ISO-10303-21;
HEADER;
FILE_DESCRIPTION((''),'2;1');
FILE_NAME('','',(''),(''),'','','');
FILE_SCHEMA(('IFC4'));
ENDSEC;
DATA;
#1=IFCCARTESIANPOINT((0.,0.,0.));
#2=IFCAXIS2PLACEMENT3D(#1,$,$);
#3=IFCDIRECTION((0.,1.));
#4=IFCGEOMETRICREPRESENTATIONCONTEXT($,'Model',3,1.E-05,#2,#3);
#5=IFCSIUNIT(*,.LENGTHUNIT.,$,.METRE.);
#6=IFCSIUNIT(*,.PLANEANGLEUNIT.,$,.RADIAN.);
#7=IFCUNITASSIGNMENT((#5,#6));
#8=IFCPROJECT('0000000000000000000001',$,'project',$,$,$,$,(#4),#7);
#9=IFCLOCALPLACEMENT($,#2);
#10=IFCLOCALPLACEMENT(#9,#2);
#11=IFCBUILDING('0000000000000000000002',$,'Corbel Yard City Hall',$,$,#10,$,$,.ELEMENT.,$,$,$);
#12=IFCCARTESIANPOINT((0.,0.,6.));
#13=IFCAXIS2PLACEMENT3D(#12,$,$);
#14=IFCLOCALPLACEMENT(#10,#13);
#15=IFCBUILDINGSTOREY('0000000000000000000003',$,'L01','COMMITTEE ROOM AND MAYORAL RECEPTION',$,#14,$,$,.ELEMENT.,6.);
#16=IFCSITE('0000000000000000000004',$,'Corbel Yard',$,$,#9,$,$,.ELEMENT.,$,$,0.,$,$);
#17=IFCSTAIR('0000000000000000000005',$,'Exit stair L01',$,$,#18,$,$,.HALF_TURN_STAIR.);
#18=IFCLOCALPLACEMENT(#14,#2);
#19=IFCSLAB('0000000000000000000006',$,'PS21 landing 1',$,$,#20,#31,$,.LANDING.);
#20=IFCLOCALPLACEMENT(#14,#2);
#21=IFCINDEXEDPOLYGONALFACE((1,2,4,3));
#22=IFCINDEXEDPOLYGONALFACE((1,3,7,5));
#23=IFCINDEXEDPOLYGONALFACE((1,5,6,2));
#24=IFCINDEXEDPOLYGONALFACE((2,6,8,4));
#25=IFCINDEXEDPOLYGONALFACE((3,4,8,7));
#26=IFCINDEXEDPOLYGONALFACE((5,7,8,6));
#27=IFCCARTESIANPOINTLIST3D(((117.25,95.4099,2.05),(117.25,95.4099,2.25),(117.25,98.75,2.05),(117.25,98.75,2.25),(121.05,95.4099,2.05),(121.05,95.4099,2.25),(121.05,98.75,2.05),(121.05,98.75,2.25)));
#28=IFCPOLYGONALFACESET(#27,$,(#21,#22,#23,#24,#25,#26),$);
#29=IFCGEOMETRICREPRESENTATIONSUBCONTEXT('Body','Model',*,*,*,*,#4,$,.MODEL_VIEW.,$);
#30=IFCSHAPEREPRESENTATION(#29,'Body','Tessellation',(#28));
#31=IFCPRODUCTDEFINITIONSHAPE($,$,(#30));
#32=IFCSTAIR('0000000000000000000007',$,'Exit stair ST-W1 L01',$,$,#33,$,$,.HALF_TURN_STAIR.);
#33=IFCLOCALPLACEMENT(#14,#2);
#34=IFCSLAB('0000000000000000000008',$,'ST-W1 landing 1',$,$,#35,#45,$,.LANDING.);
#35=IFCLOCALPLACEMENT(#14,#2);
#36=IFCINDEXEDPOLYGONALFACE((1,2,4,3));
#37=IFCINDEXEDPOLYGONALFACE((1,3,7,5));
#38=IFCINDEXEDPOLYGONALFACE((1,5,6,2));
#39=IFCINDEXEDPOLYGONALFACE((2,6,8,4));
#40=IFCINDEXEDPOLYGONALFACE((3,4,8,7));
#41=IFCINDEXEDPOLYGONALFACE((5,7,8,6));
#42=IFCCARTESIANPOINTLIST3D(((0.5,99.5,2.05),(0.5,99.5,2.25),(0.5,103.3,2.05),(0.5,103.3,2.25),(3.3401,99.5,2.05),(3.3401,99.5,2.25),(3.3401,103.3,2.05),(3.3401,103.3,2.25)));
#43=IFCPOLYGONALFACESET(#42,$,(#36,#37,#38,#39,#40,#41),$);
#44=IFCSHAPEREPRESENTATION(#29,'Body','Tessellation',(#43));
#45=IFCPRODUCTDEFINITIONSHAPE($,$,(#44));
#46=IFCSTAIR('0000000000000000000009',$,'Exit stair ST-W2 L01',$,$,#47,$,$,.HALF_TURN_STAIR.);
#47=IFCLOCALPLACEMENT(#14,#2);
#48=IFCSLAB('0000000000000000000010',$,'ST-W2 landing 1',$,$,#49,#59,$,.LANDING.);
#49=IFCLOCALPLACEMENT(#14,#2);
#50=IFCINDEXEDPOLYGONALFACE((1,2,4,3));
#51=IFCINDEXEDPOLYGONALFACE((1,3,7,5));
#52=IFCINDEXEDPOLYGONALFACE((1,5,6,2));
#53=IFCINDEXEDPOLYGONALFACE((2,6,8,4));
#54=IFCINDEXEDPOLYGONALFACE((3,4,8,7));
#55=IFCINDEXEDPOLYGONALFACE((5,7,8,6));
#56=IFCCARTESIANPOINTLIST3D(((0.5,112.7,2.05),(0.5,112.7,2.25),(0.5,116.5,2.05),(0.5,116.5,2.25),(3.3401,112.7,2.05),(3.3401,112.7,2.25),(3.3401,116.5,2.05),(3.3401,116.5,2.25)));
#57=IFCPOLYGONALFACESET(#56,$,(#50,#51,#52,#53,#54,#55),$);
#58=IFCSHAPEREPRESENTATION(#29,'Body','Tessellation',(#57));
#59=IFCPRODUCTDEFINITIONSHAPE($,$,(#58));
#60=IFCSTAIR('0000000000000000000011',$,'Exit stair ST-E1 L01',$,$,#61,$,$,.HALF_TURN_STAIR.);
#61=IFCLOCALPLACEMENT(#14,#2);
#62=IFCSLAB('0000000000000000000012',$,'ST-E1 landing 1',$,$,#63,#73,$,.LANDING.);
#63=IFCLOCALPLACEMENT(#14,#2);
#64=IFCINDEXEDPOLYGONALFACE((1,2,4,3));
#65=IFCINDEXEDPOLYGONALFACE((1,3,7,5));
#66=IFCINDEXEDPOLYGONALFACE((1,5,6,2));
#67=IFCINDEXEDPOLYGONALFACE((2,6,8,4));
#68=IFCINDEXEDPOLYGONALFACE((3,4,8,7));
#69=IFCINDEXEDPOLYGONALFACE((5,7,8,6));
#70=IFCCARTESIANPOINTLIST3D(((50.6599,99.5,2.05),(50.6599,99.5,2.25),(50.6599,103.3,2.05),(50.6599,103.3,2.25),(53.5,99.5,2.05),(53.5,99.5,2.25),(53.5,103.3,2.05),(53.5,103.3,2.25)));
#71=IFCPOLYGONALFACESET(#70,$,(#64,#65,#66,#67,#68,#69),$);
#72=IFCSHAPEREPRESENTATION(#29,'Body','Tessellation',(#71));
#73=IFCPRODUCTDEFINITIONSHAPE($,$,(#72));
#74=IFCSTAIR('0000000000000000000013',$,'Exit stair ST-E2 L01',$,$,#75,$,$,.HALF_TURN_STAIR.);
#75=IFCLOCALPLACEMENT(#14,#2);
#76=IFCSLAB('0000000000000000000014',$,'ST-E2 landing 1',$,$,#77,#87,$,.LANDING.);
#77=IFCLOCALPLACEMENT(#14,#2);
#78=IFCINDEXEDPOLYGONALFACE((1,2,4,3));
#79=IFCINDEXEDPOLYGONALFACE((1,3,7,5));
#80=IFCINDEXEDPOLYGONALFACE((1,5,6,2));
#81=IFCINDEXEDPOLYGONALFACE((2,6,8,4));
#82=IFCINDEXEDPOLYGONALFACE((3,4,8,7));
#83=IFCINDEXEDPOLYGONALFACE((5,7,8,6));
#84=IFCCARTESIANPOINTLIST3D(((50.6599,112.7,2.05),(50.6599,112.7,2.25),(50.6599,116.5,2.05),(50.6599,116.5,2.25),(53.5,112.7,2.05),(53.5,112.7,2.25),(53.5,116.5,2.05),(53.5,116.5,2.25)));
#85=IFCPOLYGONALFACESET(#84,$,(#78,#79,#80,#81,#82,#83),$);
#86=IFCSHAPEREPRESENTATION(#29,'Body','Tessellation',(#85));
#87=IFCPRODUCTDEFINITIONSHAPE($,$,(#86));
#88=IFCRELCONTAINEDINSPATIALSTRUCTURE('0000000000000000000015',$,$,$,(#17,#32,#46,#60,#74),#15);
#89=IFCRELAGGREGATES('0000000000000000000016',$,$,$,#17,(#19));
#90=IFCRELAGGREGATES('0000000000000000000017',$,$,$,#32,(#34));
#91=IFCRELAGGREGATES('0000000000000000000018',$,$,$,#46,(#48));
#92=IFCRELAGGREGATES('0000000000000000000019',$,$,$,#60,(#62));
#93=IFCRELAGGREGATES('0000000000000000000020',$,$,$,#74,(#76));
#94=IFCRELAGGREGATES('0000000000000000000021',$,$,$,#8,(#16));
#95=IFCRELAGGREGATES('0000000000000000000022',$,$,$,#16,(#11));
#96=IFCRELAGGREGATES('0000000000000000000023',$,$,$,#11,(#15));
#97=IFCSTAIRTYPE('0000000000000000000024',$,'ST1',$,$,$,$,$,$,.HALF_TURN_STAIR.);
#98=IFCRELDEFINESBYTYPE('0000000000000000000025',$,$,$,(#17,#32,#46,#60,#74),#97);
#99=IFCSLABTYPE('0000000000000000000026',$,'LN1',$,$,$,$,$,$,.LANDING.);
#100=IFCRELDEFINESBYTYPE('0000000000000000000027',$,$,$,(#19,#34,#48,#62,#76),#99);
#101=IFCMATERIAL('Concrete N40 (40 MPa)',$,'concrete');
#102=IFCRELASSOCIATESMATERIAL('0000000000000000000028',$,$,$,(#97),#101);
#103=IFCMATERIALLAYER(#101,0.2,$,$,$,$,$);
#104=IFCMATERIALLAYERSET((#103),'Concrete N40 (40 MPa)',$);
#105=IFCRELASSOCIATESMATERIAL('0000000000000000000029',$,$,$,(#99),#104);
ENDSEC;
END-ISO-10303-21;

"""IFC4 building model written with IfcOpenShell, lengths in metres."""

from ifc_helpers import new_model, si_unit, direction, frame, origin, place, context, subcontext, project, spatial, polyline, outline, extrude, material, layer, layer_set, type_object, element, aggregate, save


model = new_model("IFC4")

# Units and contexts
model_context = context("Model", 3, precision=1e-05, world=origin(), true_north=direction((0.0, 1.0)))
body_context = subcontext(model_context, "Body", "Model", "MODEL_VIEW")
ifc_project = project(units=[si_unit("LENGTHUNIT", "METRE"), si_unit("PLANEANGLEUNIT", "RADIAN")], contexts=[model_context])

# Site, building, storey
site_placement = place(None, origin())
site = spatial("IfcSite", under=ifc_project, at=site_placement, Name="Corbel Yard", CompositionType="ELEMENT", RefElevation=0.0)
building_placement = place(site_placement, origin())
building = spatial("IfcBuilding", under=site, at=building_placement, Name="Corbel Yard City Hall", CompositionType="ELEMENT")
storey_placement = place(building_placement, frame((0.0, 0.0, 6.0)))
storey = spatial("IfcBuildingStorey", under=building, at=storey_placement, Name="L01", Description="COMMITTEE ROOM AND MAYORAL RECEPTION", CompositionType="ELEMENT", Elevation=6.0)

# Shared definitions
ifc_material_1 = material(Name="Concrete N40 (40 MPa)", Category="concrete")

# Stairs, slabs
stair_type_1 = type_object("IfcStairType", Name="ST1", PredefinedType="HALF_TURN_STAIR", material=ifc_material_1)
ifc_layer_1 = layer(ifc_material_1, 0.2)
ifc_layer_set_1 = layer_set([ifc_layer_1], Name="Concrete N40 (40 MPa)")
slab_type_1 = type_object("IfcSlabType", Name="LN1", PredefinedType="LANDING", material=ifc_layer_set_1)
stair_1_placement = place(storey_placement, origin())
stair_1 = element("IfcStair", 1, at=stair_1_placement, inside=storey, type_object=stair_type_1, Name="Exit stair L01", PredefinedType="HALF_TURN_STAIR")
slab_1_placement = place(storey_placement, frame((0.0, 0.0, 2.05)))
slab_1 = element("IfcSlab", 2, at=slab_1_placement, type_object=slab_type_1, Name="PS21 landing 1", PredefinedType="LANDING", context=body_context, shape_type="SweptSolid", body=[
    extrude(outline(polyline([(117.25, 95.4099), (121.05, 95.4099), (121.05, 98.75), (117.25, 98.75), (117.25, 95.4099)])), origin(), (0.0, 0.0, 1.0), 0.2),
])
aggregate(stair_1, [slab_1])
stair_2_placement = place(storey_placement, origin())
stair_2 = element("IfcStair", 3, at=stair_2_placement, inside=storey, type_object=stair_type_1, Name="Exit stair ST-W1 L01", PredefinedType="HALF_TURN_STAIR")
slab_2_placement = place(storey_placement, frame((0.0, 0.0, 2.05)))
slab_2 = element("IfcSlab", 4, at=slab_2_placement, type_object=slab_type_1, Name="ST-W1 landing 1", PredefinedType="LANDING", context=body_context, shape_type="SweptSolid", body=[
    extrude(outline(polyline([(0.5, 99.5), (3.3401, 99.5), (3.3401, 103.3), (0.5, 103.3), (0.5, 99.5)])), origin(), (0.0, 0.0, 1.0), 0.2),
])
aggregate(stair_2, [slab_2])
stair_3_placement = place(storey_placement, origin())
stair_3 = element("IfcStair", 5, at=stair_3_placement, inside=storey, type_object=stair_type_1, Name="Exit stair ST-W2 L01", PredefinedType="HALF_TURN_STAIR")
slab_3_placement = place(storey_placement, frame((0.0, 0.0, 2.05)))
slab_3 = element("IfcSlab", 6, at=slab_3_placement, type_object=slab_type_1, Name="ST-W2 landing 1", PredefinedType="LANDING", context=body_context, shape_type="SweptSolid", body=[
    extrude(outline(polyline([(0.5, 112.7), (3.3401, 112.7), (3.3401, 116.5), (0.5, 116.5), (0.5, 112.7)])), origin(), (0.0, 0.0, 1.0), 0.2),
])
aggregate(stair_3, [slab_3])
stair_4_placement = place(storey_placement, origin())
stair_4 = element("IfcStair", 7, at=stair_4_placement, inside=storey, type_object=stair_type_1, Name="Exit stair ST-E1 L01", PredefinedType="HALF_TURN_STAIR")
slab_4_placement = place(storey_placement, frame((0.0, 0.0, 2.05)))
slab_4 = element("IfcSlab", 8, at=slab_4_placement, type_object=slab_type_1, Name="ST-E1 landing 1", PredefinedType="LANDING", context=body_context, shape_type="SweptSolid", body=[
    extrude(outline(polyline([(50.6599, 99.5), (53.5, 99.5), (53.5, 103.3), (50.6599, 103.3), (50.6599, 99.5)])), origin(), (0.0, 0.0, 1.0), 0.2),
])
aggregate(stair_4, [slab_4])
stair_5_placement = place(storey_placement, origin())
stair_5 = element("IfcStair", 9, at=stair_5_placement, inside=storey, type_object=stair_type_1, Name="Exit stair ST-E2 L01", PredefinedType="HALF_TURN_STAIR")
slab_5_placement = place(storey_placement, frame((0.0, 0.0, 2.05)))
slab_5 = element("IfcSlab", 10, at=slab_5_placement, type_object=slab_type_1, Name="ST-E2 landing 1", PredefinedType="LANDING", context=body_context, shape_type="SweptSolid", body=[
    extrude(outline(polyline([(50.6599, 112.7), (53.5, 112.7), (53.5, 116.5), (50.6599, 116.5), (50.6599, 112.7)])), origin(), (0.0, 0.0, 1.0), 0.2),
])
aggregate(stair_5, [slab_5])

save(model, "model.ifc")
